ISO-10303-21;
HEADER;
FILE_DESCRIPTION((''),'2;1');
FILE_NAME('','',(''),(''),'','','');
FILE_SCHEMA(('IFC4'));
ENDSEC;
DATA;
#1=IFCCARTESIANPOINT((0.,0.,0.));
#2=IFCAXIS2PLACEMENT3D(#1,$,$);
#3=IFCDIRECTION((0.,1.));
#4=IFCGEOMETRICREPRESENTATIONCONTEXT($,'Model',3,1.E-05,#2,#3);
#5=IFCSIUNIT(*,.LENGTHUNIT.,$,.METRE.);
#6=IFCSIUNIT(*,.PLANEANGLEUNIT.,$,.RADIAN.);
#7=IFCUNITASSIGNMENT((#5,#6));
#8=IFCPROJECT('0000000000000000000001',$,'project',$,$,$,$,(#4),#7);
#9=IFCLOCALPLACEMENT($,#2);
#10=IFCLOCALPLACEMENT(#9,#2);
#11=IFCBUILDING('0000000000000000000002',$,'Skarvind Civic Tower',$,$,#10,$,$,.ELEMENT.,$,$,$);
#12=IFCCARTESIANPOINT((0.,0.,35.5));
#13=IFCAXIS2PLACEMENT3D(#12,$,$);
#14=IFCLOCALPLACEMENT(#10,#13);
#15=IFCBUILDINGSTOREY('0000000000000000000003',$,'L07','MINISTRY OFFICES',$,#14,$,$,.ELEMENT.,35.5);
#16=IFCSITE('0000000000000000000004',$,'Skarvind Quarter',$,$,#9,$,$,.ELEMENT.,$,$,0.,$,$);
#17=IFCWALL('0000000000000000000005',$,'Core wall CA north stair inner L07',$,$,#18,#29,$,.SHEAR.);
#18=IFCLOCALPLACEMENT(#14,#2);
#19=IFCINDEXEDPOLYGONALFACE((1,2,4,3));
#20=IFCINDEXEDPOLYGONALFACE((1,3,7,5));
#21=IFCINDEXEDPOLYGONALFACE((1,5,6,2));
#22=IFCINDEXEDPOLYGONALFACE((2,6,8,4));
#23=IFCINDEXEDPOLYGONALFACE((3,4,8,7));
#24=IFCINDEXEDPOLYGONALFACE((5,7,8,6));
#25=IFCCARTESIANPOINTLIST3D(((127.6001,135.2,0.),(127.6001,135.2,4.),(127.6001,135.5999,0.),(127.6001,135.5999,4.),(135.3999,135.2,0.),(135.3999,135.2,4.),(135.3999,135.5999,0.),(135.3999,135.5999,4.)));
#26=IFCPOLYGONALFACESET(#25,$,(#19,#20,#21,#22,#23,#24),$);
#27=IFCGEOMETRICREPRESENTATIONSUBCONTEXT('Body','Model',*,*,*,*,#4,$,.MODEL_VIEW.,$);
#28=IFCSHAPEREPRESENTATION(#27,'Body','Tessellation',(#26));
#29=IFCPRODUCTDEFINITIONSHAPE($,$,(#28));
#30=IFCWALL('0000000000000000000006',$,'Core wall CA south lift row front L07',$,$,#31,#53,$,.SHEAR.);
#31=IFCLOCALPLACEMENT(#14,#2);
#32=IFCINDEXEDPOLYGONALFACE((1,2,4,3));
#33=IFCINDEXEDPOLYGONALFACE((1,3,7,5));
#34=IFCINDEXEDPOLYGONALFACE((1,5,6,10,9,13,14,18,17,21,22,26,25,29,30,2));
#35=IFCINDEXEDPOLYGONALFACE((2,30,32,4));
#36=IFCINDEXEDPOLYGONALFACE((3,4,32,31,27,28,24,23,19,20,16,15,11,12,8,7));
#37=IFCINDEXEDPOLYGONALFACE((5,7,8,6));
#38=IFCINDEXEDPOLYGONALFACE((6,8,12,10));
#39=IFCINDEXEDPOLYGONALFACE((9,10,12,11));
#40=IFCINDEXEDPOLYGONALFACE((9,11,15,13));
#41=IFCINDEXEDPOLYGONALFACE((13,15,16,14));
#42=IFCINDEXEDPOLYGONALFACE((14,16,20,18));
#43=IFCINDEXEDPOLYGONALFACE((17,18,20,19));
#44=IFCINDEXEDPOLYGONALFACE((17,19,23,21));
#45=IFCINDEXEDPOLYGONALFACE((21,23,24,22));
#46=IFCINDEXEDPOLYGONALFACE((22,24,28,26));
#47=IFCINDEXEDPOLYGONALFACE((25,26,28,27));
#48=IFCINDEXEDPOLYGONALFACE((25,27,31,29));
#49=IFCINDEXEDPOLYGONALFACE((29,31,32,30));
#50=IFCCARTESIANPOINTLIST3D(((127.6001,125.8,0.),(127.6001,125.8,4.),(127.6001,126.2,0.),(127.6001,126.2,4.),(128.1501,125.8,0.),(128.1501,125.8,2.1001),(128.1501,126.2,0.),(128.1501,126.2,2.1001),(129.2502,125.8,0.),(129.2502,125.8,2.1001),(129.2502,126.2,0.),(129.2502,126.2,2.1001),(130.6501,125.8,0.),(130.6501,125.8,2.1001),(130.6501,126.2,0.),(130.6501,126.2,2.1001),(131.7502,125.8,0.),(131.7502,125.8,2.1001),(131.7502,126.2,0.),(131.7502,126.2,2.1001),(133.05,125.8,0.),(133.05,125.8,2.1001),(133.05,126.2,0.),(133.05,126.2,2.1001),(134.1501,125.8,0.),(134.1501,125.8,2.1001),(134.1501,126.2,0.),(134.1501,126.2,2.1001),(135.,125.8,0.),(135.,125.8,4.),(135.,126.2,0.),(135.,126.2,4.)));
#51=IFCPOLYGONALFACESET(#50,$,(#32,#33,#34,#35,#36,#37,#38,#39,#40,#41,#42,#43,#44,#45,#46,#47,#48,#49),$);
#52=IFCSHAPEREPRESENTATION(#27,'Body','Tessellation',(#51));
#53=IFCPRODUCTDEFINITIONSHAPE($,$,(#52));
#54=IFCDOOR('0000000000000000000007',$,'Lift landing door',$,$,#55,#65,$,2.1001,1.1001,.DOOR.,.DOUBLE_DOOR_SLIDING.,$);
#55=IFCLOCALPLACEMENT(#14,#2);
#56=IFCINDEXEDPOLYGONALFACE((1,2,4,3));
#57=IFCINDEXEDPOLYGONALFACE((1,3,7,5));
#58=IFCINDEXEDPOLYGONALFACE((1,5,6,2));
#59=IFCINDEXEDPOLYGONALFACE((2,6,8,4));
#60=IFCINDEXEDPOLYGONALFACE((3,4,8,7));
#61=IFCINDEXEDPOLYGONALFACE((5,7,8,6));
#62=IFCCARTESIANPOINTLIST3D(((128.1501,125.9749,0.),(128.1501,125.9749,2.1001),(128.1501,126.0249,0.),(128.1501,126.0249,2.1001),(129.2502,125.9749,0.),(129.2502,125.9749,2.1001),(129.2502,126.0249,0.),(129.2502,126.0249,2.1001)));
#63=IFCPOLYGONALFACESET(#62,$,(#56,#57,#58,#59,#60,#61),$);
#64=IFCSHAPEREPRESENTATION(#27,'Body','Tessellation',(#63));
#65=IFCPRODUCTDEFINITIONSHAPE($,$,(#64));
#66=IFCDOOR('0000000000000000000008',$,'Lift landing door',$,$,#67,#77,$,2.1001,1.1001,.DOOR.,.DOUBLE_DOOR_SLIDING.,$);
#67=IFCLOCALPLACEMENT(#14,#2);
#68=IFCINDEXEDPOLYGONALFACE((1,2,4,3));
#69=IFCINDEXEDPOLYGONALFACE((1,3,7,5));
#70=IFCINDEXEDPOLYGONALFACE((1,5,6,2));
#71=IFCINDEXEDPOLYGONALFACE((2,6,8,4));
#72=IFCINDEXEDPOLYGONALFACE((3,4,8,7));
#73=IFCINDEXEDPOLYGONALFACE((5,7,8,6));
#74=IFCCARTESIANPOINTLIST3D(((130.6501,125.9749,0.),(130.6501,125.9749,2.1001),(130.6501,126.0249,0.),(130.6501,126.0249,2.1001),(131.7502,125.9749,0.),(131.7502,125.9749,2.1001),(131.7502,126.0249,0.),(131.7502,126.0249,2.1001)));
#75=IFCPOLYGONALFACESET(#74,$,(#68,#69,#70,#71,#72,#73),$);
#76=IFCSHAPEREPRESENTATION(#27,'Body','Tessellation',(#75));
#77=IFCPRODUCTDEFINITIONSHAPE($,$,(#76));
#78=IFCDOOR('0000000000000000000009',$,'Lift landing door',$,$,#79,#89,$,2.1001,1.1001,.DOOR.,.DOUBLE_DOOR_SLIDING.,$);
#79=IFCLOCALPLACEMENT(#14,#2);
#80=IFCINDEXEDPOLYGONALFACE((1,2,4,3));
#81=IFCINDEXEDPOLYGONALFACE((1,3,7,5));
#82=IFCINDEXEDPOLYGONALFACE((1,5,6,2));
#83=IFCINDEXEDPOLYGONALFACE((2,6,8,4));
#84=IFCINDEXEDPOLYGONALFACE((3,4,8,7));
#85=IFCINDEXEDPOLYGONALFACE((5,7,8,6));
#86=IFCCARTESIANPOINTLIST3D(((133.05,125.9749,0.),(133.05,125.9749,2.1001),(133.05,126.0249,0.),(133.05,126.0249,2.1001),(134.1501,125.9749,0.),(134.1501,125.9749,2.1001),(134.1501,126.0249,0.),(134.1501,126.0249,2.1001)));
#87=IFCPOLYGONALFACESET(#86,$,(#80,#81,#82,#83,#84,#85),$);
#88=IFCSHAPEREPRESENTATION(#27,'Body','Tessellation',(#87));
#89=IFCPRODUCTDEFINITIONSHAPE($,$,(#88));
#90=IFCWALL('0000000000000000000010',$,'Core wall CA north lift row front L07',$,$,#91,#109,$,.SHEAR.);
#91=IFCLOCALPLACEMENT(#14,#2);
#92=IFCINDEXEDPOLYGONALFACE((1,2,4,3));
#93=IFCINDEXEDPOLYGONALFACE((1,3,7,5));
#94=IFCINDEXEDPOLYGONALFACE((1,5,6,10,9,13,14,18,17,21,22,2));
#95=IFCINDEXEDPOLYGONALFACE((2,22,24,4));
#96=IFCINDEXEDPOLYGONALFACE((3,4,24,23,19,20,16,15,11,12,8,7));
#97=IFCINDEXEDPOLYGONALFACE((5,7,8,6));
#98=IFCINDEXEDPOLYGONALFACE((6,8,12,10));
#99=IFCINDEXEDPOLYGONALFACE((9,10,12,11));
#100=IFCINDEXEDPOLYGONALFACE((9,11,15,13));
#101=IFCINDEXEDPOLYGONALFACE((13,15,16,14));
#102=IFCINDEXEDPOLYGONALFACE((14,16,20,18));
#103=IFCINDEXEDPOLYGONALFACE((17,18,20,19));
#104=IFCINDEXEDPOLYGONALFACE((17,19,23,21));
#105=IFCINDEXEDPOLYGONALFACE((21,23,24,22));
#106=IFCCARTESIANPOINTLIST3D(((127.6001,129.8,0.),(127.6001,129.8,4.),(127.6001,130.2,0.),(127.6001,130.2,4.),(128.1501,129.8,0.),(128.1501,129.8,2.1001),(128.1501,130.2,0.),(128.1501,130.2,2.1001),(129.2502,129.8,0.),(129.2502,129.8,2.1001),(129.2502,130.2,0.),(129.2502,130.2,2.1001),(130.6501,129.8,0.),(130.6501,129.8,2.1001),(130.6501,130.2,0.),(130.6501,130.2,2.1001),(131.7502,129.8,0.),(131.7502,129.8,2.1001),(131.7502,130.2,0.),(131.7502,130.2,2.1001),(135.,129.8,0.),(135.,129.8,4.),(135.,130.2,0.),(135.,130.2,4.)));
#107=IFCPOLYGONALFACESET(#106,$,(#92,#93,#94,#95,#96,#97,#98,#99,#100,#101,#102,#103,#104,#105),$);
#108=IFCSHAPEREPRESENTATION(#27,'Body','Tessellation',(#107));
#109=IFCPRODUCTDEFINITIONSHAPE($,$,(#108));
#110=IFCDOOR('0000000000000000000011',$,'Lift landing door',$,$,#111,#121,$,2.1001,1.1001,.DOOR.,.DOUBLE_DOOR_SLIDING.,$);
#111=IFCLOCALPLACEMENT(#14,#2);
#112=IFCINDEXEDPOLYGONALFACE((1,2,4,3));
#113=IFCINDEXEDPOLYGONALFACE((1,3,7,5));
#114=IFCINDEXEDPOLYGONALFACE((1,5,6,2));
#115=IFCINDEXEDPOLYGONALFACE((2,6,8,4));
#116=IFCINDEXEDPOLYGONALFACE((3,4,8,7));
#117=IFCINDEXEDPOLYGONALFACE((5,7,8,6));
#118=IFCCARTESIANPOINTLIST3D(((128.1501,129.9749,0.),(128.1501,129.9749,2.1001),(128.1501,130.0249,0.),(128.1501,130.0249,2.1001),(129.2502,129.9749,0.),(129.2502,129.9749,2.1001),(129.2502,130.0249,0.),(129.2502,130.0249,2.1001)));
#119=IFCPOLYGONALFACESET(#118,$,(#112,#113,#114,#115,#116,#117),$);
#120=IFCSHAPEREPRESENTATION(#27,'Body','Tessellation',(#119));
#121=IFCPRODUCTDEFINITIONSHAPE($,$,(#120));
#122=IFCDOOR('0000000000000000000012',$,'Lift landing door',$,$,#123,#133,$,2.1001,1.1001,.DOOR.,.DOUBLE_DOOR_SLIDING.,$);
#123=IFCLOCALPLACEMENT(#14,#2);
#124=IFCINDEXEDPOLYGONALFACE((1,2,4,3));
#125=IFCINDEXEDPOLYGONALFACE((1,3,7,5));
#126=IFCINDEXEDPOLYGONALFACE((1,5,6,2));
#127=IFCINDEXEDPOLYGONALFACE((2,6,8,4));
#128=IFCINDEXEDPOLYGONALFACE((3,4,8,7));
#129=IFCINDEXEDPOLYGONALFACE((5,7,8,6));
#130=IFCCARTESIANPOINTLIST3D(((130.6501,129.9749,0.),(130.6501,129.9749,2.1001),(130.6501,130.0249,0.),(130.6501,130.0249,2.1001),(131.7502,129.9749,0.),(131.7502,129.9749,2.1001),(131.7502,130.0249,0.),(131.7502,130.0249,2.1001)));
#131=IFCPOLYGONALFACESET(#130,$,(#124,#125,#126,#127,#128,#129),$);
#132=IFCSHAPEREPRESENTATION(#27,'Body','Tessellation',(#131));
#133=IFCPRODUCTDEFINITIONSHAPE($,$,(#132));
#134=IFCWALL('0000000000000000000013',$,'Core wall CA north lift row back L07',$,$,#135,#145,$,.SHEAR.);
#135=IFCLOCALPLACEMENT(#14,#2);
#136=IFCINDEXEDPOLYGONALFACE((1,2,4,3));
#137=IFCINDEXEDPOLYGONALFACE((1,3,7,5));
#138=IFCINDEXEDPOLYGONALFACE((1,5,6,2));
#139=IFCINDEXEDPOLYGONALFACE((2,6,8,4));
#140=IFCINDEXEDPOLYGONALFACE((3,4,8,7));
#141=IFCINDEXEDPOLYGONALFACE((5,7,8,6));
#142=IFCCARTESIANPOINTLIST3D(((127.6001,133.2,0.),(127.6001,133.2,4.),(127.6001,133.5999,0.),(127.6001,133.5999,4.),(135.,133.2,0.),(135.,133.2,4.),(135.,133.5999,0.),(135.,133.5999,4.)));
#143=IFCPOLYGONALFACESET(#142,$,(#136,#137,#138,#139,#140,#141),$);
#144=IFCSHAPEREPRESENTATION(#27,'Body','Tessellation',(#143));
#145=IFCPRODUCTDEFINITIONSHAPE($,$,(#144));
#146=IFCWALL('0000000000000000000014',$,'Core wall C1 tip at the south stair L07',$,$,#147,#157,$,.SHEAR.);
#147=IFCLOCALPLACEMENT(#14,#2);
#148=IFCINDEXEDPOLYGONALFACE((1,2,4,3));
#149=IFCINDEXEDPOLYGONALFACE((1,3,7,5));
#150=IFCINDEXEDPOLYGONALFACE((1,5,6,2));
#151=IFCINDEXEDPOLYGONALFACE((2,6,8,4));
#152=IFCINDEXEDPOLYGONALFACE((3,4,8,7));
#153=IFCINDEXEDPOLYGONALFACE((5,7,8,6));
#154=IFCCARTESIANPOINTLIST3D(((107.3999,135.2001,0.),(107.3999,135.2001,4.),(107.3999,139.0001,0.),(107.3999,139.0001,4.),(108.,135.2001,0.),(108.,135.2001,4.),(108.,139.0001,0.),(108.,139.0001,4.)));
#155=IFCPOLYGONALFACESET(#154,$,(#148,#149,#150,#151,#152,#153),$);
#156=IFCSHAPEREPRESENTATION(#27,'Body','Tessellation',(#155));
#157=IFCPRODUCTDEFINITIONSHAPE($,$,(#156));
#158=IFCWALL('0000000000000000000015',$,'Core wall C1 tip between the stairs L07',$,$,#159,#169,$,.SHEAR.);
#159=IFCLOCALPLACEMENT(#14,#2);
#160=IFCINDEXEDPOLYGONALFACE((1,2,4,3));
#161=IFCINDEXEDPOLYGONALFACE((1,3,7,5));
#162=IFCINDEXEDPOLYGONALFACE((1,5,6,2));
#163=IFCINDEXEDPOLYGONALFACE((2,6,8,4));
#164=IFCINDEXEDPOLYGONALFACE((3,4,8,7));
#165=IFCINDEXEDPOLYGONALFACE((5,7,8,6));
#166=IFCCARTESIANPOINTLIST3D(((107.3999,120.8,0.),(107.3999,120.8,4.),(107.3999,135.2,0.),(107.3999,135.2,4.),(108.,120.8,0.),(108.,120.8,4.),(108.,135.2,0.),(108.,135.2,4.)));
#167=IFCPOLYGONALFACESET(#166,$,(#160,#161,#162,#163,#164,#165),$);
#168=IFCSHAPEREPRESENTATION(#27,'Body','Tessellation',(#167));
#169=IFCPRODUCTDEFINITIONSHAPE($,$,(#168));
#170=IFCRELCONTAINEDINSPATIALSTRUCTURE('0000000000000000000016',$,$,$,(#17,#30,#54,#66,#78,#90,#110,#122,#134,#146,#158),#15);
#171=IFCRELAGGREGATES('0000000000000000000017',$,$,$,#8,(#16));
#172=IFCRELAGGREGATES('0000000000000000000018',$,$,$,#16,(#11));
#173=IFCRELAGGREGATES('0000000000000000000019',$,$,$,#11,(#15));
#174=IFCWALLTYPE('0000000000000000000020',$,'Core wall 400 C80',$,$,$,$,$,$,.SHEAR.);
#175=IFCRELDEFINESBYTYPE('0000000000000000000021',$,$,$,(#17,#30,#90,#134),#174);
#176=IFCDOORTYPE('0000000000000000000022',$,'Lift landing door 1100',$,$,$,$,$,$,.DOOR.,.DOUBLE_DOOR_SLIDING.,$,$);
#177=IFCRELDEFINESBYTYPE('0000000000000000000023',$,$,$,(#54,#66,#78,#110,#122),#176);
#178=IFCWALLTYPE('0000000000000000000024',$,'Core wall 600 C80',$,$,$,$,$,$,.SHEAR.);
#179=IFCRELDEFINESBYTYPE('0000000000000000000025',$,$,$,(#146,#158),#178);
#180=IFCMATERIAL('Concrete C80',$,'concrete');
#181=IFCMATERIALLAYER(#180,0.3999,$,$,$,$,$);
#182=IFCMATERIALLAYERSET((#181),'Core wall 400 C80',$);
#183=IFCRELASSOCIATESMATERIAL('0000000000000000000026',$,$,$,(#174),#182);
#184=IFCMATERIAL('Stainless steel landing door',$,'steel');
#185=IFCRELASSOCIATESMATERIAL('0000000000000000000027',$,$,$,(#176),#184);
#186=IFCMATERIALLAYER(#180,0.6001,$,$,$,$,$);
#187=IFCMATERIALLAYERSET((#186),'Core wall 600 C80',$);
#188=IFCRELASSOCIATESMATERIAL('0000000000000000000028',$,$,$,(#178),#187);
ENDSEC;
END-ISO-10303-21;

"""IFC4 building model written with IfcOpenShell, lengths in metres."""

from ifc_helpers import new_model, si_unit, direction, frame, frame_2d, origin, place, context, subcontext, project, spatial, rectangle, extrude, material, layer, layer_set, type_object, element, fill, save


model = new_model("IFC4")

# Units and contexts
model_context = context("Model", 3, precision=1e-05, world=origin(), true_north=direction((0.0, 1.0)))
body_context = subcontext(model_context, "Body", "Model", "MODEL_VIEW")
ifc_project = project(units=[si_unit("LENGTHUNIT", "METRE"), si_unit("PLANEANGLEUNIT", "RADIAN")], contexts=[model_context])

# Site, building, storey
site_placement = place(None, origin())
site = spatial("IfcSite", under=ifc_project, at=site_placement, Name="Skarvind Quarter", CompositionType="ELEMENT", RefElevation=0.0)
building_placement = place(site_placement, origin())
building = spatial("IfcBuilding", under=site, at=building_placement, Name="Skarvind Civic Tower", CompositionType="ELEMENT")
storey_placement = place(building_placement, frame((0.0, 0.0, 35.5)))
storey = spatial("IfcBuildingStorey", under=building, at=storey_placement, Name="L07", Description="MINISTRY OFFICES", CompositionType="ELEMENT", Elevation=35.5)

# Wall
ifc_material_1 = material(Name="Concrete C80", Category="concrete")
ifc_layer_1 = layer(ifc_material_1, 0.3999)
ifc_layer_set_1 = layer_set([ifc_layer_1], Name="Core wall 400 C80")
wall_type_1 = type_object("IfcWallType", Name="Core wall 400 C80", PredefinedType="SHEAR", material=ifc_layer_set_1)
wall_1_placement = place(storey_placement, frame((127.6001, 135.3999, 0.0), z_axis=(0.0, 0.0, 1.0), x_axis=(1.0, 0.0, 0.0)))
element("IfcWall", 1, at=wall_1_placement, inside=storey, type_object=wall_type_1, Name="Core wall CA north stair inner L07", PredefinedType="SHEAR", context=body_context, shape_type="SweptSolid", body=[
    extrude(rectangle(XDim=7.7998, YDim=0.3999, at=frame_2d((3.8999, 0.0))), origin(), (0.0, 0.0, 1.0), 4.0),
])

# Walls, openings, doors
wall_2_placement = place(storey_placement, frame((127.6001, 126.0, 0.0), z_axis=(0.0, 0.0, 1.0), x_axis=(1.0, 0.0, 0.0)))
wall_2 = element("IfcWall", 2, at=wall_2_placement, inside=storey, type_object=wall_type_1, Name="Core wall CA south lift row front L07", PredefinedType="SHEAR", context=body_context, shape_type="SweptSolid", body=[
    extrude(rectangle(XDim=7.3999, YDim=0.3999, at=frame_2d((3.7, 0.0))), origin(), (0.0, 0.0, 1.0), 4.0),
])
opening_1_placement = place(wall_2_placement, frame((0.55, 0.0, 0.0)))
opening_1 = element("IfcOpeningElement", 3, at=opening_1_placement, cuts=wall_2, PredefinedType="OPENING", context=body_context, shape_type="SweptSolid", body=[
    extrude(rectangle(XDim=1.1001, YDim=2.1001, at=frame_2d((0.55, 1.05))), frame((0.0, 0.21, 0.0), z_axis=(0.0, -1.0, 0.0), x_axis=(1.0, 0.0, 0.0)), (0.0, 0.0, 1.0), 0.4199),
])
opening_2_placement = place(wall_2_placement, frame((3.05, 0.0, 0.0)))
opening_2 = element("IfcOpeningElement", 4, at=opening_2_placement, cuts=wall_2, PredefinedType="OPENING", context=body_context, shape_type="SweptSolid", body=[
    extrude(rectangle(XDim=1.1001, YDim=2.1001, at=frame_2d((0.55, 1.05))), frame((0.0, 0.21, 0.0), z_axis=(0.0, -1.0, 0.0), x_axis=(1.0, 0.0, 0.0)), (0.0, 0.0, 1.0), 0.4199),
])
opening_3_placement = place(wall_2_placement, frame((5.45, 0.0, 0.0)))
opening_3 = element("IfcOpeningElement", 5, at=opening_3_placement, cuts=wall_2, PredefinedType="OPENING", context=body_context, shape_type="SweptSolid", body=[
    extrude(rectangle(XDim=1.1001, YDim=2.1001, at=frame_2d((0.55, 1.05))), frame((0.0, 0.21, 0.0), z_axis=(0.0, -1.0, 0.0), x_axis=(1.0, 0.0, 0.0)), (0.0, 0.0, 1.0), 0.4199),
])
ifc_material_2 = material(Name="Stainless steel landing door", Category="steel")
door_type = type_object("IfcDoorType", Name="Lift landing door 1100", OperationType="DOUBLE_DOOR_SLIDING", PredefinedType="DOOR", material=ifc_material_2)
door_1_placement = place(opening_1_placement, origin())
door_1 = element("IfcDoor", 6, at=door_1_placement, inside=storey, type_object=door_type, Name="Lift landing door", OperationType="DOUBLE_DOOR_SLIDING", OverallHeight=2.1001, OverallWidth=1.1001, PredefinedType="DOOR", context=body_context, shape_type="SweptSolid", body=[
    extrude(rectangle(XDim=1.1001, YDim=2.1001, at=frame_2d((0.55, 1.05))), frame((0.0, 0.0249, 0.0), z_axis=(0.0, -1.0, 0.0), x_axis=(1.0, 0.0, 0.0)), (0.0, 0.0, 1.0), 0.05),
])
fill(opening_1, door_1)
door_2_placement = place(opening_2_placement, origin())
door_2 = element("IfcDoor", 7, at=door_2_placement, inside=storey, type_object=door_type, Name="Lift landing door", OperationType="DOUBLE_DOOR_SLIDING", OverallHeight=2.1001, OverallWidth=1.1001, PredefinedType="DOOR", context=body_context, shape_type="SweptSolid", body=[
    extrude(rectangle(XDim=1.1001, YDim=2.1001, at=frame_2d((0.55, 1.05))), frame((0.0, 0.0249, 0.0), z_axis=(0.0, -1.0, 0.0), x_axis=(1.0, 0.0, 0.0)), (0.0, 0.0, 1.0), 0.05),
])
fill(opening_2, door_2)
door_3_placement = place(opening_3_placement, origin())
door_3 = element("IfcDoor", 8, at=door_3_placement, inside=storey, type_object=door_type, Name="Lift landing door", OperationType="DOUBLE_DOOR_SLIDING", OverallHeight=2.1001, OverallWidth=1.1001, PredefinedType="DOOR", context=body_context, shape_type="SweptSolid", body=[
    extrude(rectangle(XDim=1.1001, YDim=2.1001, at=frame_2d((0.55, 1.05))), frame((0.0, 0.0249, 0.0), z_axis=(0.0, -1.0, 0.0), x_axis=(1.0, 0.0, 0.0)), (0.0, 0.0, 1.0), 0.05),
])
fill(opening_3, door_3)
wall_3_placement = place(storey_placement, frame((127.6001, 130.0, 0.0), z_axis=(0.0, 0.0, 1.0), x_axis=(1.0, 0.0, 0.0)))
wall_3 = element("IfcWall", 9, at=wall_3_placement, inside=storey, type_object=wall_type_1, Name="Core wall CA north lift row front L07", PredefinedType="SHEAR", context=body_context, shape_type="SweptSolid", body=[
    extrude(rectangle(XDim=7.3999, YDim=0.3999, at=frame_2d((3.7, 0.0))), origin(), (0.0, 0.0, 1.0), 4.0),
])
opening_4_placement = place(wall_3_placement, frame((0.55, 0.0, 0.0)))
opening_4 = element("IfcOpeningElement", 10, at=opening_4_placement, cuts=wall_3, PredefinedType="OPENING", context=body_context, shape_type="SweptSolid", body=[
    extrude(rectangle(XDim=1.1001, YDim=2.1001, at=frame_2d((0.55, 1.05))), frame((0.0, 0.21, 0.0), z_axis=(0.0, -1.0, 0.0), x_axis=(1.0, 0.0, 0.0)), (0.0, 0.0, 1.0), 0.4199),
])
opening_5_placement = place(wall_3_placement, frame((3.05, 0.0, 0.0)))
opening_5 = element("IfcOpeningElement", 11, at=opening_5_placement, cuts=wall_3, PredefinedType="OPENING", context=body_context, shape_type="SweptSolid", body=[
    extrude(rectangle(XDim=1.1001, YDim=2.1001, at=frame_2d((0.55, 1.05))), frame((0.0, 0.21, 0.0), z_axis=(0.0, -1.0, 0.0), x_axis=(1.0, 0.0, 0.0)), (0.0, 0.0, 1.0), 0.4199),
])
door_4_placement = place(opening_4_placement, origin())
door_4 = element("IfcDoor", 12, at=door_4_placement, inside=storey, type_object=door_type, Name="Lift landing door", OperationType="DOUBLE_DOOR_SLIDING", OverallHeight=2.1001, OverallWidth=1.1001, PredefinedType="DOOR", context=body_context, shape_type="SweptSolid", body=[
    extrude(rectangle(XDim=1.1001, YDim=2.1001, at=frame_2d((0.55, 1.05))), frame((0.0, 0.0249, 0.0), z_axis=(0.0, -1.0, 0.0), x_axis=(1.0, 0.0, 0.0)), (0.0, 0.0, 1.0), 0.05),
])
fill(opening_4, door_4)
door_5_placement = place(opening_5_placement, origin())
door_5 = element("IfcDoor", 13, at=door_5_placement, inside=storey, type_object=door_type, Name="Lift landing door", OperationType="DOUBLE_DOOR_SLIDING", OverallHeight=2.1001, OverallWidth=1.1001, PredefinedType="DOOR", context=body_context, shape_type="SweptSolid", body=[
    extrude(rectangle(XDim=1.1001, YDim=2.1001, at=frame_2d((0.55, 1.05))), frame((0.0, 0.0249, 0.0), z_axis=(0.0, -1.0, 0.0), x_axis=(1.0, 0.0, 0.0)), (0.0, 0.0, 1.0), 0.05),
])
fill(opening_5, door_5)

# Walls
wall_4_placement = place(storey_placement, frame((127.6001, 133.3999, 0.0), z_axis=(0.0, 0.0, 1.0), x_axis=(1.0, 0.0, 0.0)))
element("IfcWall", 14, at=wall_4_placement, inside=storey, type_object=wall_type_1, Name="Core wall CA north lift row back L07", PredefinedType="SHEAR", context=body_context, shape_type="SweptSolid", body=[
    extrude(rectangle(XDim=7.3999, YDim=0.3999, at=frame_2d((3.7, 0.0))), origin(), (0.0, 0.0, 1.0), 4.0),
])
ifc_layer_2 = layer(ifc_material_1, 0.6001)
ifc_layer_set_2 = layer_set([ifc_layer_2], Name="Core wall 600 C80")
wall_type_2 = type_object("IfcWallType", Name="Core wall 600 C80", PredefinedType="SHEAR", material=ifc_layer_set_2)
wall_5_placement = place(storey_placement, frame((107.7, 139.0, 0.0), z_axis=(0.0, 0.0, 1.0), x_axis=(0.0, -1.0, 0.0)))
element("IfcWall", 15, at=wall_5_placement, inside=storey, type_object=wall_type_2, Name="Core wall C1 tip at the south stair L07", PredefinedType="SHEAR", context=body_context, shape_type="SweptSolid", body=[
    extrude(rectangle(XDim=3.8, YDim=0.6001, at=frame_2d((1.8999, 0.0))), origin(), (0.0, 0.0, 1.0), 4.0),
])
wall_6_placement = place(storey_placement, frame((107.7, 135.2, 0.0), z_axis=(0.0, 0.0, 1.0), x_axis=(0.0, -1.0, 0.0)))
element("IfcWall", 16, at=wall_6_placement, inside=storey, type_object=wall_type_2, Name="Core wall C1 tip between the stairs L07", PredefinedType="SHEAR", context=body_context, shape_type="SweptSolid", body=[
    extrude(rectangle(XDim=14.3999, YDim=0.6001, at=frame_2d((7.2, 0.0))), origin(), (0.0, 0.0, 1.0), 4.0),
])

save(model, "model.ifc")
